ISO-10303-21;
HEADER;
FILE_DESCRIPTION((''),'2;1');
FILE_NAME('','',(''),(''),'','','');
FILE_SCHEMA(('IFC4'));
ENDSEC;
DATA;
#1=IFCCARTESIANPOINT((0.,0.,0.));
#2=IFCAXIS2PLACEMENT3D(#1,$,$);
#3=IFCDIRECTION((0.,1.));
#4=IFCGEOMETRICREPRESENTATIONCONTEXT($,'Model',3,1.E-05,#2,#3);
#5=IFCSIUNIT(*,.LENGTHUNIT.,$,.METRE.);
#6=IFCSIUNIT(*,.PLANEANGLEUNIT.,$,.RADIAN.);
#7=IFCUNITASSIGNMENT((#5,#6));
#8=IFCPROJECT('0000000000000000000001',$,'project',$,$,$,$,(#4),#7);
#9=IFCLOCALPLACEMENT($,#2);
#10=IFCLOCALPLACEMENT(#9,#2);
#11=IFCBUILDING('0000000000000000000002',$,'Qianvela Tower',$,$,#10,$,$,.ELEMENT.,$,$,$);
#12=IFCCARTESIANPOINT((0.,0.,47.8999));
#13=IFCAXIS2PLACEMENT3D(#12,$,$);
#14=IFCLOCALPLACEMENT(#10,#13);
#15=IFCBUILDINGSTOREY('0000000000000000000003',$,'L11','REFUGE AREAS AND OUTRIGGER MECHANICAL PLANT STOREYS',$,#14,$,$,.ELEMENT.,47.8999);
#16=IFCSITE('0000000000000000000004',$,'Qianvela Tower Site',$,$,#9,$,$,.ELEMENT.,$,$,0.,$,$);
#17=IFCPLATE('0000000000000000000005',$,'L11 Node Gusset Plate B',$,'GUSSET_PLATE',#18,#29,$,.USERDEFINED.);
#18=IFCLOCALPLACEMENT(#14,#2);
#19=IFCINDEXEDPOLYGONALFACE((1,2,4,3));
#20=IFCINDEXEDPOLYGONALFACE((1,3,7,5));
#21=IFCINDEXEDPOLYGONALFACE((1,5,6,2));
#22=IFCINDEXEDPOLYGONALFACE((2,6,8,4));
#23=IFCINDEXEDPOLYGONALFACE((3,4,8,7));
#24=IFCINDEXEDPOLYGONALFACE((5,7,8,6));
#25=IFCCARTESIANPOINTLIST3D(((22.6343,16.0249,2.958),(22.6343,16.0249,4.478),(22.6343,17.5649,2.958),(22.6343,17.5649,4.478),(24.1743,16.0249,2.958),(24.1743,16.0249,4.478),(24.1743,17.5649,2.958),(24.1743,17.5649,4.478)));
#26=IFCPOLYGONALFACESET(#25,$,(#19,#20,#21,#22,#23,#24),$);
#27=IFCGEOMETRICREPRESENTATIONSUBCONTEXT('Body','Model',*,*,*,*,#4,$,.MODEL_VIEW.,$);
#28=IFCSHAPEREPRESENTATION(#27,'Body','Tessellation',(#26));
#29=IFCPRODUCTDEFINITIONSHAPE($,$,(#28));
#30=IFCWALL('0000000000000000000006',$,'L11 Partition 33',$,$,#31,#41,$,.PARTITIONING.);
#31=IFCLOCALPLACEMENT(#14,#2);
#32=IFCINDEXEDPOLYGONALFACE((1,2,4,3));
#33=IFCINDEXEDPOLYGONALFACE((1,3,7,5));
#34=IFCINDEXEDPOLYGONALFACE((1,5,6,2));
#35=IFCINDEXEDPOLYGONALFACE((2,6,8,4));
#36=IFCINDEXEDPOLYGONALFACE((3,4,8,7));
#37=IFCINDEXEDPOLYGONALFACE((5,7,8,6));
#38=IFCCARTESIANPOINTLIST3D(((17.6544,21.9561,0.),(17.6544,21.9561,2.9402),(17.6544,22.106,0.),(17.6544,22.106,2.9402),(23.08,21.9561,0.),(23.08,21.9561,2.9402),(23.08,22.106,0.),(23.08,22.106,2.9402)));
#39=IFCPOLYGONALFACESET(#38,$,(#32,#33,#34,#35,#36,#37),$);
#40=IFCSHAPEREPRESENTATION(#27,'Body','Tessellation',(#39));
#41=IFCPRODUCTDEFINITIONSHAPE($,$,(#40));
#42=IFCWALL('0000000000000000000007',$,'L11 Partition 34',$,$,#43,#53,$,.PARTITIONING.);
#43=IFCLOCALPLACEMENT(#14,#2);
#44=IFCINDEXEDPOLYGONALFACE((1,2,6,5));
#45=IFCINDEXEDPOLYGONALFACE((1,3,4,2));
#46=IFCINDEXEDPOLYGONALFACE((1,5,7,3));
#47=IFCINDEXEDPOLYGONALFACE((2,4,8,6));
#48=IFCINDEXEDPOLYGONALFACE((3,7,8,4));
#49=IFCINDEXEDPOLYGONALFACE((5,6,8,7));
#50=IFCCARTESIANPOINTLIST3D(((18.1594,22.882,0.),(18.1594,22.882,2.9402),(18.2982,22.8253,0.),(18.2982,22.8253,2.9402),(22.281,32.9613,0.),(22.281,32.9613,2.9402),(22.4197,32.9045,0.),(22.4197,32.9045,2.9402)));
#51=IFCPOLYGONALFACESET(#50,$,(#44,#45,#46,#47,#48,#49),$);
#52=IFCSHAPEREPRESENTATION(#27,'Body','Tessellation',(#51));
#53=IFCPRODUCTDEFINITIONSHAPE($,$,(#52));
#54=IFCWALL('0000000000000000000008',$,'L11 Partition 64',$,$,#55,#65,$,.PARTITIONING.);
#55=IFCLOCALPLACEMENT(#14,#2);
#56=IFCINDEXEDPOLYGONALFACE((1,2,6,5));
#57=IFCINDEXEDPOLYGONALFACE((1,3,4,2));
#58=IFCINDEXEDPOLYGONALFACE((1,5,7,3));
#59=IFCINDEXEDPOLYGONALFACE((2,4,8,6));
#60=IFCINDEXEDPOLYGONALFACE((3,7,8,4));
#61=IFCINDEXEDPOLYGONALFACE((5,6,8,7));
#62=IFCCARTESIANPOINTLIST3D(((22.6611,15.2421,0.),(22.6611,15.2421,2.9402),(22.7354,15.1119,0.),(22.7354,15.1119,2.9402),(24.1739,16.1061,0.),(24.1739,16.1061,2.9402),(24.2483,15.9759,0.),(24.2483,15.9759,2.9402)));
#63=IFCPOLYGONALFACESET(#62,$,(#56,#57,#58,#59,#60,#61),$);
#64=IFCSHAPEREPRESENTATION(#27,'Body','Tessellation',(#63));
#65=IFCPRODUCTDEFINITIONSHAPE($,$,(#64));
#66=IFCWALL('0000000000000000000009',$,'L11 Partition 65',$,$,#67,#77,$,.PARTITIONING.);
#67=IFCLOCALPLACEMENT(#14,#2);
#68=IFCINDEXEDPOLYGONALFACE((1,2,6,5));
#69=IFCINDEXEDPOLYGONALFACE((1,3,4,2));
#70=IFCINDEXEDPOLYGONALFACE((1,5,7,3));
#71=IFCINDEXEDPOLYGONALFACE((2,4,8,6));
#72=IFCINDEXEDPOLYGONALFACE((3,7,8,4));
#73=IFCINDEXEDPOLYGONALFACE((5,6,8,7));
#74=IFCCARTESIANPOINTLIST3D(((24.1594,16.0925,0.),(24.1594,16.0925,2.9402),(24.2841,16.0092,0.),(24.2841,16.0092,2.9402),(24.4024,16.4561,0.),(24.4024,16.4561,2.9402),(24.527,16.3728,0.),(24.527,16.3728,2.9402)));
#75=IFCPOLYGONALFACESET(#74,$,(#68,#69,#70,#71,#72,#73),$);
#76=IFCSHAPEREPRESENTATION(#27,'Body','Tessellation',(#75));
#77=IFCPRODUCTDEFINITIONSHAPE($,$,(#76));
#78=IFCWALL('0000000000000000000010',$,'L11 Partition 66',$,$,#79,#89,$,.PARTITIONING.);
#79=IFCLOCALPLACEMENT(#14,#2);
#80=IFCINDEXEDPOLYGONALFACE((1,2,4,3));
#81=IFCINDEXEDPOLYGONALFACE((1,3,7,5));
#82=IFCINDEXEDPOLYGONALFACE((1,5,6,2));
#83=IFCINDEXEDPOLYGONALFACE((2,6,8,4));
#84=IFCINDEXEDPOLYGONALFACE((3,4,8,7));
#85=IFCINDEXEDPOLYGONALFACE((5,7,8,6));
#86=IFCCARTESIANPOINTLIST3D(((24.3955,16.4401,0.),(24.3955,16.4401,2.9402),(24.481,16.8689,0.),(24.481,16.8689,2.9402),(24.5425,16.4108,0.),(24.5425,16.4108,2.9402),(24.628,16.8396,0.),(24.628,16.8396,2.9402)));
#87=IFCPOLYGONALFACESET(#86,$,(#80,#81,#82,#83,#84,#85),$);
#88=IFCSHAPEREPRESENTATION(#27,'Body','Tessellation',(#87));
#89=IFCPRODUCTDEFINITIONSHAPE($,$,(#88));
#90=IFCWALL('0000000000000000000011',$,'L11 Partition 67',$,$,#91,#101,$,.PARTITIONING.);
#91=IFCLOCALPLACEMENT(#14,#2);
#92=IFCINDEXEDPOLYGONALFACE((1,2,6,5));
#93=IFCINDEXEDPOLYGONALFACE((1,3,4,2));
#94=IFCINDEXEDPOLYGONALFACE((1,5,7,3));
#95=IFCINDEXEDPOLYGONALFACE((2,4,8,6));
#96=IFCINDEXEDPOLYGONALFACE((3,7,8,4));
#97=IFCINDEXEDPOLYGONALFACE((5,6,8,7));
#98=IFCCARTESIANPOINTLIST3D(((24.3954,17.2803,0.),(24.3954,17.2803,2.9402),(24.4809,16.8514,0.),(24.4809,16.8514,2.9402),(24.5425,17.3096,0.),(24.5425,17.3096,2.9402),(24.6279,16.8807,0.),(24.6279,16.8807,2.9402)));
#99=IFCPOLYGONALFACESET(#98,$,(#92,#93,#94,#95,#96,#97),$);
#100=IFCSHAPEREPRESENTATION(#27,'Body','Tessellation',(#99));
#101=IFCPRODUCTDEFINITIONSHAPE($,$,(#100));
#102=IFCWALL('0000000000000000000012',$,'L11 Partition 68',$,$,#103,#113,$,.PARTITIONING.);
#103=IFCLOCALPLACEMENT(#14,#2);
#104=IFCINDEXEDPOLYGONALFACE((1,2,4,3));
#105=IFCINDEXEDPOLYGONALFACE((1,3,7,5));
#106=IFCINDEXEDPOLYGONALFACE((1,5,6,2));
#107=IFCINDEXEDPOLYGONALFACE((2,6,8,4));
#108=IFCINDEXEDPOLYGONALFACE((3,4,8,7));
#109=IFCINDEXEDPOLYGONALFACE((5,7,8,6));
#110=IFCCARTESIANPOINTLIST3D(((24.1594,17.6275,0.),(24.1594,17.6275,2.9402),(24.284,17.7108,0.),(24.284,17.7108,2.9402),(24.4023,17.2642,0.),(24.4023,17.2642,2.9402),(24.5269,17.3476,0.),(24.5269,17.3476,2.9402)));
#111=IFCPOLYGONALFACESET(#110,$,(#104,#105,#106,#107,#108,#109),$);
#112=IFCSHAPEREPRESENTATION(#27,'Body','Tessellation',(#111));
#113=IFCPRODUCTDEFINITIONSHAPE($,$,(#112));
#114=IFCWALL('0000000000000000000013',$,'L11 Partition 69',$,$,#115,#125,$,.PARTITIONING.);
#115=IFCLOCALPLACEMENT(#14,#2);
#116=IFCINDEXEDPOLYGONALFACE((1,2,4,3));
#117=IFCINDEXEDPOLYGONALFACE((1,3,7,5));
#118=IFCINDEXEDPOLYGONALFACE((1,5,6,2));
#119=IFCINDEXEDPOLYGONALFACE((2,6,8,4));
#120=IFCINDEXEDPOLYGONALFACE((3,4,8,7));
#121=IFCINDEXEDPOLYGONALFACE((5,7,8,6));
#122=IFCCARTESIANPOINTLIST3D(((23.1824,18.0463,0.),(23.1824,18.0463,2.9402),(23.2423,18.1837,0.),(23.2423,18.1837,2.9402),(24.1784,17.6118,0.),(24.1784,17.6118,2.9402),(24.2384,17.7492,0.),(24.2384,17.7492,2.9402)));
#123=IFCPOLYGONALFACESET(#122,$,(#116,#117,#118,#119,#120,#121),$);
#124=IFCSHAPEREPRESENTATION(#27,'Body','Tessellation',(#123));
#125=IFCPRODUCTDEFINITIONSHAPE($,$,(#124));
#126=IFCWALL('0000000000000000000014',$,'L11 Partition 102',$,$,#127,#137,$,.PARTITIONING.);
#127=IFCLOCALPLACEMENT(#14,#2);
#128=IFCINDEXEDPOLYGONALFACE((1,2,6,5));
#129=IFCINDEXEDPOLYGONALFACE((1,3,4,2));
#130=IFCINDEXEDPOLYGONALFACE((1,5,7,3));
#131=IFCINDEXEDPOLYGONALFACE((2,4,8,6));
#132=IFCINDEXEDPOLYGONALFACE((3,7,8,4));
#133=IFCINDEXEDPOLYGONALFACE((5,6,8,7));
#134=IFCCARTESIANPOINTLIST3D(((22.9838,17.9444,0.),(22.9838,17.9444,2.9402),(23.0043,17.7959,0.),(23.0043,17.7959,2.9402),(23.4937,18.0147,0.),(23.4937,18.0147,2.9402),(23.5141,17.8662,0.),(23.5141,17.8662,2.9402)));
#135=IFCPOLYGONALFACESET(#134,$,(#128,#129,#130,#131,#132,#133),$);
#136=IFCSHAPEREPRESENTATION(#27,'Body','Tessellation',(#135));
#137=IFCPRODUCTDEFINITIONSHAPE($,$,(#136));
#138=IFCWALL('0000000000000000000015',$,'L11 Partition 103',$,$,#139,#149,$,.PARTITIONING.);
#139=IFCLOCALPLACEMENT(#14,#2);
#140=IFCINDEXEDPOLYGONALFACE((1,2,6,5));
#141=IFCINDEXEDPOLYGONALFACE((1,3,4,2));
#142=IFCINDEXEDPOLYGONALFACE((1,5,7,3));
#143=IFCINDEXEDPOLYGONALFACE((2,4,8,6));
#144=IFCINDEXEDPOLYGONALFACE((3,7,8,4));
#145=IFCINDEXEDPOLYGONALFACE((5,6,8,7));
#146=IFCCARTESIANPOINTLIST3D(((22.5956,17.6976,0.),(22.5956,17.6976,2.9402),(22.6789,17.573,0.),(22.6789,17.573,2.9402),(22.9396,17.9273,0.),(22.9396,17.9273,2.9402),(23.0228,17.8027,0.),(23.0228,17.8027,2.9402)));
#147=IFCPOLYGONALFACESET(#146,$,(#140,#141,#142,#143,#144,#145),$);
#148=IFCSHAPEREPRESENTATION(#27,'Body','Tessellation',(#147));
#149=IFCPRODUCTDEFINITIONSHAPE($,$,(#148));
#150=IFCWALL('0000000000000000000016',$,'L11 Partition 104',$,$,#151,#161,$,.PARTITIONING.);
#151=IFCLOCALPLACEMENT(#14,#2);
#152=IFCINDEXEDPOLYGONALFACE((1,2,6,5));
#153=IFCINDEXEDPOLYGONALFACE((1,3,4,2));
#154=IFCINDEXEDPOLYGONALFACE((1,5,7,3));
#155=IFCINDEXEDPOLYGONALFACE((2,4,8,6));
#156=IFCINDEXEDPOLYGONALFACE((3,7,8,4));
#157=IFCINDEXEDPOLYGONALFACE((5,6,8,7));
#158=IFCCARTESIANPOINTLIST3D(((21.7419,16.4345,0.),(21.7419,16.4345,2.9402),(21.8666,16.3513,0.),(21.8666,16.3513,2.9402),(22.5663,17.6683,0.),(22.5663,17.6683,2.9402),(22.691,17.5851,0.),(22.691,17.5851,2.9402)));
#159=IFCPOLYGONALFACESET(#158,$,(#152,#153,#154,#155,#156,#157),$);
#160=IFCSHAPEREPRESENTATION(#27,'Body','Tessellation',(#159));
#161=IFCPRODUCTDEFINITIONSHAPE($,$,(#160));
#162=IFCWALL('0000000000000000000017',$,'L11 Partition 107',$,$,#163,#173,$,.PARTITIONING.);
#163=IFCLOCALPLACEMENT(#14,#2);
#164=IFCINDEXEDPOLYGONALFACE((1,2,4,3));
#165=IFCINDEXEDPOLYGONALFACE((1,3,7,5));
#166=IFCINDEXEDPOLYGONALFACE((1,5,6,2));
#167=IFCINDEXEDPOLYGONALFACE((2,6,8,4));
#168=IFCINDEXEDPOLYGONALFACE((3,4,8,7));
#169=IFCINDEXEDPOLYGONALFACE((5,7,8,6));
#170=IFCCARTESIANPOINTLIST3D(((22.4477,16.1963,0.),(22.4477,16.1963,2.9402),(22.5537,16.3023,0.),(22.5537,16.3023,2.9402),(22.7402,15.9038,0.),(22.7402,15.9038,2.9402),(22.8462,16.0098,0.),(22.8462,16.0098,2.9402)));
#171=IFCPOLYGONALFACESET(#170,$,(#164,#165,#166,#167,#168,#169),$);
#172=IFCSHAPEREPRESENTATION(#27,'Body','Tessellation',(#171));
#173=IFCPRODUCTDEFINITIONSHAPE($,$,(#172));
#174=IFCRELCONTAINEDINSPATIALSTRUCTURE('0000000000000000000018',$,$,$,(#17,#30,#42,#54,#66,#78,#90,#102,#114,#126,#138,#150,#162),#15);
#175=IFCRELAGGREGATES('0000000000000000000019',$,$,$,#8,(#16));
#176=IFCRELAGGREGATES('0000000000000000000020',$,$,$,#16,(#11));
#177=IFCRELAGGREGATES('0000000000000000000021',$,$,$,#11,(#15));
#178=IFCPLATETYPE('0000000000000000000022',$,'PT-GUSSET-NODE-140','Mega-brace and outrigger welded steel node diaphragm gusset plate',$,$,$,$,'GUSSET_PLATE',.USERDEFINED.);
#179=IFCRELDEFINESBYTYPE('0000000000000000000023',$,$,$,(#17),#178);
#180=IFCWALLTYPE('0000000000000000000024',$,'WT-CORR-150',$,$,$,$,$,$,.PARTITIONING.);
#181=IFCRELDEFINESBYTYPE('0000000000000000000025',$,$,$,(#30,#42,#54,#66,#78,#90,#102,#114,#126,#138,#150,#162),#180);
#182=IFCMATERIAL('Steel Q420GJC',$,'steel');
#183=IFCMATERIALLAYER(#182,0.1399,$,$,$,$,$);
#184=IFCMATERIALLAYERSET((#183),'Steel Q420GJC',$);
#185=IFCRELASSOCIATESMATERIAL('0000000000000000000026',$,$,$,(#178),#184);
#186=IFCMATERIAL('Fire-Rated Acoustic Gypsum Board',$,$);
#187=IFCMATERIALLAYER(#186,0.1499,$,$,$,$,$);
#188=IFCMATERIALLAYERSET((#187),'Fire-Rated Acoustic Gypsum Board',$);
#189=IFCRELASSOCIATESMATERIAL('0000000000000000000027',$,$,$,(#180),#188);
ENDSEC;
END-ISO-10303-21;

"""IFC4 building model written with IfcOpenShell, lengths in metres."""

from ifc_helpers import new_model, si_unit, direction, frame, frame_2d, origin, origin_2d, place, context, subcontext, project, spatial, rectangle, extrude, material, layer, layer_set, type_object, element, save


model = new_model("IFC4")

# Units and contexts
model_context = context("Model", 3, precision=1e-05, world=origin(), true_north=direction((0.0, 1.0)))
body_context = subcontext(model_context, "Body", "Model", "MODEL_VIEW")
ifc_project = project(units=[si_unit("LENGTHUNIT", "METRE"), si_unit("PLANEANGLEUNIT", "RADIAN")], contexts=[model_context])

# Site, building, storey
site_placement = place(None, origin())
site = spatial("IfcSite", under=ifc_project, at=site_placement, Name="Qianvela Tower Site", CompositionType="ELEMENT", RefElevation=0.0)
building_placement = place(site_placement, origin())
building = spatial("IfcBuilding", under=site, at=building_placement, Name="Qianvela Tower", CompositionType="ELEMENT")
storey_placement = place(building_placement, frame((0.0, 0.0, 47.8999)))
storey = spatial("IfcBuildingStorey", under=building, at=storey_placement, Name="L11", Description="REFUGE AREAS AND OUTRIGGER MECHANICAL PLANT STOREYS", CompositionType="ELEMENT", Elevation=47.8999)

# Plate
ifc_material_1 = material(Name="Steel Q420GJC", Category="steel")
ifc_layer_1 = layer(ifc_material_1, 0.1399)
ifc_layer_set_1 = layer_set([ifc_layer_1], Name="Steel Q420GJC")
plate_type = type_object("IfcPlateType", Name="PT-GUSSET-NODE-140", Description="Mega-brace and outrigger welded steel node diaphragm gusset plate", ElementType="GUSSET_PLATE", PredefinedType="USERDEFINED", material=ifc_layer_set_1)
plate_1_placement = place(storey_placement, frame((23.4043, 16.7949, 2.958), z_axis=(0.0, 0.0, 1.0), x_axis=(1.0, 0.0, 0.0)))
element("IfcPlate", 1, at=plate_1_placement, inside=storey, type_object=plate_type, Name="L11 Node Gusset Plate B", ObjectType="GUSSET_PLATE", PredefinedType="USERDEFINED", context=body_context, shape_type="SweptSolid", body=[
    extrude(rectangle(XDim=1.54, YDim=1.54, at=origin_2d()), origin(), (0.0, 0.0, 1.0), 1.52),
])

# Walls
ifc_material_2 = material(Name="Fire-Rated Acoustic Gypsum Board")
ifc_layer_2 = layer(ifc_material_2, 0.1499)
ifc_layer_set_2 = layer_set([ifc_layer_2], Name="Fire-Rated Acoustic Gypsum Board")
wall_type = type_object("IfcWallType", Name="WT-CORR-150", PredefinedType="PARTITIONING", material=ifc_layer_set_2)
wall_1_placement = place(storey_placement, frame((23.0801, 22.031, 0.0), z_axis=(0.0, 0.0, 1.0), x_axis=(-1.0, 0.0, 0.0)))
element("IfcWall", 2, at=wall_1_placement, inside=storey, type_object=wall_type, Name="L11 Partition 33", PredefinedType="PARTITIONING", context=body_context, shape_type="SweptSolid", body=[
    extrude(rectangle(XDim=5.4255, YDim=0.1499, at=frame_2d((2.7129, 0.0))), origin(), (0.0, 0.0, 1.0), 2.9402),
])
wall_2_placement = place(storey_placement, frame((18.2288, 22.8535, 0.0), z_axis=(0.0, 0.0, 1.0), x_axis=(0.378492, 0.925604, 0.0)))
element("IfcWall", 3, at=wall_2_placement, inside=storey, type_object=wall_type, Name="L11 Partition 34", PredefinedType="PARTITIONING", context=body_context, shape_type="SweptSolid", body=[
    extrude(rectangle(XDim=10.8894, YDim=0.1499, at=frame_2d((5.4448, 0.0))), origin(), (0.0, 0.0, 1.0), 2.9402),
])
wall_3_placement = place(storey_placement, frame((22.6982, 15.177, 0.0), z_axis=(0.0, 0.0, 1.0), x_axis=(0.868372, 0.495913, 0.0)))
element("IfcWall", 4, at=wall_3_placement, inside=storey, type_object=wall_type, Name="L11 Partition 64", PredefinedType="PARTITIONING", context=body_context, shape_type="SweptSolid", body=[
    extrude(rectangle(XDim=1.7422, YDim=0.1499, at=frame_2d((0.8711, 0.0))), origin(), (0.0, 0.0, 1.0), 2.9402),
])
for number, where, z_axis, x_axis, name in (
    (5, (24.2217, 16.0508, 0.0), (0.0, 0.0, 1.0), (0.555602, 0.831448, 0.0), "L11 Partition 65"),
    (6, (24.469, 16.4253, 0.0), (0.0, 0.0, 1.0), (0.195472, 0.980709, 0.0), "L11 Partition 66"),
    (7, (24.5544, 16.866, 0.0), (0.0, 0.0, 1.0), (-0.195472, 0.980709, 0.0), "L11 Partition 67"),
):
    element("IfcWall", number, at=place(storey_placement, frame(where, z_axis=z_axis, x_axis=x_axis)), inside=storey, type_object=wall_type, Name=name, PredefinedType="PARTITIONING", context=body_context, shape_type="SweptSolid", body=[
        extrude(rectangle(XDim=0.4373, YDim=0.1499, at=frame_2d((0.2188, 0.0))), origin(), (0.0, 0.0, 1.0), 2.9402),
    ])
wall_4_placement = place(storey_placement, frame((24.4646, 17.3059, 0.0), z_axis=(0.0, 0.0, 1.0), x_axis=(-0.55586, 0.831276, 0.0)))
element("IfcWall", 8, at=wall_4_placement, inside=storey, type_object=wall_type, Name="L11 Partition 68", PredefinedType="PARTITIONING", context=body_context, shape_type="SweptSolid", body=[
    extrude(rectangle(XDim=0.437, YDim=0.1499, at=frame_2d((0.2185, 0.0))), origin(), (0.0, 0.0, 1.0), 2.9402),
])
wall_5_placement = place(storey_placement, frame((24.2085, 17.6804, 0.0), z_axis=(0.0, 0.0, 1.0), x_axis=(-0.916569, 0.399876, 0.0)))
element("IfcWall", 9, at=wall_5_placement, inside=storey, type_object=wall_type, Name="L11 Partition 69", PredefinedType="PARTITIONING", context=body_context, shape_type="SweptSolid", body=[
    extrude(rectangle(XDim=1.0867, YDim=0.1499, at=frame_2d((0.5435, 0.0))), origin(), (0.0, 0.0, 1.0), 2.9402),
])

# Walls
wall_6_placement = place(storey_placement, frame((23.5039, 17.9404, 0.0), z_axis=(0.0, 0.0, 1.0), x_axis=(-0.990621, -0.136637, 0.0)))
element("IfcWall", 10, at=wall_6_placement, inside=storey, type_object=wall_type, Name="L11 Partition 102", PredefinedType="PARTITIONING", context=body_context, shape_type="SweptSolid", body=[
    extrude(rectangle(XDim=0.5146, YDim=0.1499, at=frame_2d((0.2573, 0.0))), origin(), (0.0, 0.0, 1.0), 2.9402),
])
wall_7_placement = place(storey_placement, frame((22.9812, 17.865, 0.0), z_axis=(0.0, 0.0, 1.0), x_axis=(-0.831596, -0.555381, 0.0)))
element("IfcWall", 11, at=wall_7_placement, inside=storey, type_object=wall_type, Name="L11 Partition 103", PredefinedType="PARTITIONING", context=body_context, shape_type="SweptSolid", body=[
    extrude(rectangle(XDim=0.4136, YDim=0.1499, at=frame_2d((0.2068, 0.0))), origin(), (0.0, 0.0, 1.0), 2.9402),
])
wall_8_placement = place(storey_placement, frame((22.6287, 17.6267, 0.0), z_axis=(0.0, 0.0, 1.0), x_axis=(-0.555573, -0.831468, 0.0)))
element("IfcWall", 12, at=wall_8_placement, inside=storey, type_object=wall_type, Name="L11 Partition 104", PredefinedType="PARTITIONING", context=body_context, shape_type="SweptSolid", body=[
    extrude(rectangle(XDim=1.4839, YDim=0.1499, at=frame_2d((0.7419, 0.0))), origin(), (0.0, 0.0, 1.0), 2.9402),
])
wall_9_placement = place(storey_placement, frame((22.5007, 16.2493, 0.0), z_axis=(0.0, 0.0, 1.0), x_axis=(0.707107, -0.707107, 0.0)))
element("IfcWall", 13, at=wall_9_placement, inside=storey, type_object=wall_type, Name="L11 Partition 107", PredefinedType="PARTITIONING", context=body_context, shape_type="SweptSolid", body=[
    extrude(rectangle(XDim=0.4136, YDim=0.1499, at=frame_2d((0.2068, 0.0))), origin(), (0.0, 0.0, 1.0), 2.9402),
])

save(model, "model.ifc")
